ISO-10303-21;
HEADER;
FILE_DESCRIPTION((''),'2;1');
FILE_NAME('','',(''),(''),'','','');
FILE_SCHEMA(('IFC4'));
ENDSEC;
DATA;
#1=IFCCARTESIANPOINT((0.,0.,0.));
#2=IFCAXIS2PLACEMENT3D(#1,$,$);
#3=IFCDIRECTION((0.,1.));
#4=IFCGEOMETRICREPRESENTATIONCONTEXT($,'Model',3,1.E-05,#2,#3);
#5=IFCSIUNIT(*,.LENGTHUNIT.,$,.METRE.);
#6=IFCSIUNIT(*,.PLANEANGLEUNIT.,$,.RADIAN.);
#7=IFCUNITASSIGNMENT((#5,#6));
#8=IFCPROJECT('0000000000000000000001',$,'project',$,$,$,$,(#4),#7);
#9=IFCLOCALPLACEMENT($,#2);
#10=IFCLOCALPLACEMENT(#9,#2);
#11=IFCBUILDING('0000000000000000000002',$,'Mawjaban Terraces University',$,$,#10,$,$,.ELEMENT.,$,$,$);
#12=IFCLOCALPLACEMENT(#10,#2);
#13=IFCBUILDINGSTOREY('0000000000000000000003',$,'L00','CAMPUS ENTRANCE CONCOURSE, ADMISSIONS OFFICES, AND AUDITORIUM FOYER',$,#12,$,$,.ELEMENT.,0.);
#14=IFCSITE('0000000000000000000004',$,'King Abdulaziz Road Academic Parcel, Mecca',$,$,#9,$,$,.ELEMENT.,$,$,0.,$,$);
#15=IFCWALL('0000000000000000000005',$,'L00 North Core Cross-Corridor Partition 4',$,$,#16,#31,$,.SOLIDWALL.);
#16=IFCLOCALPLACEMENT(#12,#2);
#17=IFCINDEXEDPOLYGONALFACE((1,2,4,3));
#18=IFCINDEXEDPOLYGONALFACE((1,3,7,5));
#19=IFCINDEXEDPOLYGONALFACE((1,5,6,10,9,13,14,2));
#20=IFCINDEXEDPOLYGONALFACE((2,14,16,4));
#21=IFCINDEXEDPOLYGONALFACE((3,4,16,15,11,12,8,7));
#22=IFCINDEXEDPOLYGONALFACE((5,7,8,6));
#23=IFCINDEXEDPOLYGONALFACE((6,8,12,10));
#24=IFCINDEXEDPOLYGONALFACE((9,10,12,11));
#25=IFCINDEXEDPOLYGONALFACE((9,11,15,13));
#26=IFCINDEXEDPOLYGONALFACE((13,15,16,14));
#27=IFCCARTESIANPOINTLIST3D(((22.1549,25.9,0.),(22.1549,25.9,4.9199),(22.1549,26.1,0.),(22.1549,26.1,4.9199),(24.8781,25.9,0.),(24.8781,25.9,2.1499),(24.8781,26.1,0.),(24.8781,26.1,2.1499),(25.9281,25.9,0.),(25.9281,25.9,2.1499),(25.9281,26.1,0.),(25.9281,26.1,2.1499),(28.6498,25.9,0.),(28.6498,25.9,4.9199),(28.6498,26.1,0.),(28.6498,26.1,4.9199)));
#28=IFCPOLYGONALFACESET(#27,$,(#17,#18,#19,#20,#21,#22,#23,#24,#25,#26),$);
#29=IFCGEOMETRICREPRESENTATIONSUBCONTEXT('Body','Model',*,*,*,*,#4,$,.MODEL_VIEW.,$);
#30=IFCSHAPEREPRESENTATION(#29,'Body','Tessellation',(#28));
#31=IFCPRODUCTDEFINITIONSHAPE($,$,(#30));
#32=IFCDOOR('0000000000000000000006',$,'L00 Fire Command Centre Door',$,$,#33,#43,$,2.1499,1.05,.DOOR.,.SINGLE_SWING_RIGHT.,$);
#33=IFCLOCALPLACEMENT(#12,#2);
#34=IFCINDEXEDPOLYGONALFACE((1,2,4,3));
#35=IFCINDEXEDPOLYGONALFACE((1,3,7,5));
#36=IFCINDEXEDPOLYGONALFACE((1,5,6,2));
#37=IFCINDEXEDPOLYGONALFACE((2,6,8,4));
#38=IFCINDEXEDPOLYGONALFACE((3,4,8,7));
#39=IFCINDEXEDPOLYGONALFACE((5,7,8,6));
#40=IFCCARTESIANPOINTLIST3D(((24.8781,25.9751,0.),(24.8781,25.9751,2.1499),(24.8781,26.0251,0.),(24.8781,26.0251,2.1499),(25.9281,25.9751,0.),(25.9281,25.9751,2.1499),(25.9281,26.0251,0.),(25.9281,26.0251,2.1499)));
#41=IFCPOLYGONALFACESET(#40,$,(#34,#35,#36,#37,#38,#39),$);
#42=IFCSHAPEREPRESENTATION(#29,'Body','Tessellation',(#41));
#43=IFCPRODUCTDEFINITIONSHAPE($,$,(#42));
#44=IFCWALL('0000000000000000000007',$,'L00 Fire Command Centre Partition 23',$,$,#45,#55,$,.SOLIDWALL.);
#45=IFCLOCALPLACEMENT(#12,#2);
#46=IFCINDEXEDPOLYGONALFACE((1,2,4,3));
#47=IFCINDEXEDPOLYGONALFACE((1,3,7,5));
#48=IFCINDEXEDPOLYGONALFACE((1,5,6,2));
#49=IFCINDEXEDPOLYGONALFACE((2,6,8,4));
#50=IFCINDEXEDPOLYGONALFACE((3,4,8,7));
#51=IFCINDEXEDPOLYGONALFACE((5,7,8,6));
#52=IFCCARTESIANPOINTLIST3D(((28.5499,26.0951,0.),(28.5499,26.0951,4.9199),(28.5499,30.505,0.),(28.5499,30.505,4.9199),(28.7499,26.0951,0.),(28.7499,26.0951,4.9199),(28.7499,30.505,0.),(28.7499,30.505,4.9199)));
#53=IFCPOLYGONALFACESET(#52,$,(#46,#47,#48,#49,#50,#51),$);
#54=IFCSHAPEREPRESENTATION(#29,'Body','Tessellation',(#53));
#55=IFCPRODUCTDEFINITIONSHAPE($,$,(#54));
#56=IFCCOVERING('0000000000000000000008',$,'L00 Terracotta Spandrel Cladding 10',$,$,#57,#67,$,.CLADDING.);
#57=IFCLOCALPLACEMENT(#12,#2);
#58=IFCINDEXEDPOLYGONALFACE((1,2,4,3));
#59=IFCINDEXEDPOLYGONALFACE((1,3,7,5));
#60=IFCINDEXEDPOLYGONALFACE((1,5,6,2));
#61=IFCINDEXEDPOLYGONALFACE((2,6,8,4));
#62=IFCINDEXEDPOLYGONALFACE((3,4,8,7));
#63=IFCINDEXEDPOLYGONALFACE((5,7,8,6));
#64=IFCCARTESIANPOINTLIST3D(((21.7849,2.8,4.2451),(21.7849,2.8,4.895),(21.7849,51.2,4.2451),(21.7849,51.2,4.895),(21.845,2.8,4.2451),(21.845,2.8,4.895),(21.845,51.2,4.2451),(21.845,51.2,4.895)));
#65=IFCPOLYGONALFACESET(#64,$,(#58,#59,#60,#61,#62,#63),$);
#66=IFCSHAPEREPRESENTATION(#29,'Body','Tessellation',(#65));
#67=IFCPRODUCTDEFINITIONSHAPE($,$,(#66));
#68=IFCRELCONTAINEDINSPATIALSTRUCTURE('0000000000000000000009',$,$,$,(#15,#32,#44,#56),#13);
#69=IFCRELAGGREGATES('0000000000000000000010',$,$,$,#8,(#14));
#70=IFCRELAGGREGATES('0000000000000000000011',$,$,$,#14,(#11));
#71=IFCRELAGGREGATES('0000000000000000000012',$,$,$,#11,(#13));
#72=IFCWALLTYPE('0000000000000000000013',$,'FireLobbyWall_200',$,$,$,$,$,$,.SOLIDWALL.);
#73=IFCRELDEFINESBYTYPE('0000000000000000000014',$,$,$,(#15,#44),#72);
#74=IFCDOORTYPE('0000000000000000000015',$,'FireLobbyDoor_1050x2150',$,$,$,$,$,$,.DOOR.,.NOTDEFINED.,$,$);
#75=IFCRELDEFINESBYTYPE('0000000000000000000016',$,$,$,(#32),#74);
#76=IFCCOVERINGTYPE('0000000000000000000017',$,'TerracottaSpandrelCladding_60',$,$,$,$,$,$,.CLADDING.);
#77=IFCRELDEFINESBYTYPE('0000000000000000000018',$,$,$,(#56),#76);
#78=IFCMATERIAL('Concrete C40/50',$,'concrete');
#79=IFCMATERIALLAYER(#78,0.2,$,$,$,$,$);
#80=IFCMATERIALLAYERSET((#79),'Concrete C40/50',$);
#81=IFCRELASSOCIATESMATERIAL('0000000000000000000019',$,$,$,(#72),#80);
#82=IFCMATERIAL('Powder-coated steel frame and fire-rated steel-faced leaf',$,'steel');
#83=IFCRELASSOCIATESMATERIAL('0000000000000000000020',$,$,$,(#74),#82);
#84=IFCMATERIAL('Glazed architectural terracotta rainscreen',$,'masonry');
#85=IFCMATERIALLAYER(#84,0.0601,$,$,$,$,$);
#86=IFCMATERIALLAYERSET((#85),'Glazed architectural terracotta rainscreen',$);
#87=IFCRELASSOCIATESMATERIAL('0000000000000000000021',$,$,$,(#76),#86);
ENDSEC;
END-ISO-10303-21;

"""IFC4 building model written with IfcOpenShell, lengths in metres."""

from ifc_helpers import new_model, si_unit, direction, frame, frame_2d, origin, origin_2d, place, context, subcontext, project, spatial, rectangle, extrude, material, layer, layer_set, type_object, element, fill, save


model = new_model("IFC4")

# Units and contexts
model_context = context("Model", 3, precision=1e-05, world=origin(), true_north=direction((0.0, 1.0)))
body_context = subcontext(model_context, "Body", "Model", "MODEL_VIEW")
ifc_project = project(units=[si_unit("LENGTHUNIT", "METRE"), si_unit("PLANEANGLEUNIT", "RADIAN")], contexts=[model_context])

# Site, building, storey
site_placement = place(None, origin())
site = spatial("IfcSite", under=ifc_project, at=site_placement, Name="King Abdulaziz Road Academic Parcel, Mecca", CompositionType="ELEMENT", RefElevation=0.0)
building_placement = place(site_placement, origin())
building = spatial("IfcBuilding", under=site, at=building_placement, Name="Mawjaban Terraces University", CompositionType="ELEMENT")
storey_placement = place(building_placement, origin())
storey = spatial("IfcBuildingStorey", under=building, at=storey_placement, Name="L00", Description="CAMPUS ENTRANCE CONCOURSE, ADMISSIONS OFFICES, AND AUDITORIUM FOYER", CompositionType="ELEMENT", Elevation=0.0)

# Shared definitions
ifc_material_1 = material(Name="Concrete C40/50", Category="concrete")

# Wall, opening, door
ifc_layer_1 = layer(ifc_material_1, 0.2)
ifc_layer_set_1 = layer_set([ifc_layer_1], Name="Concrete C40/50")
wall_type_1 = type_object("IfcWallType", Name="FireLobbyWall_200", PredefinedType="SOLIDWALL", material=ifc_layer_set_1)
ifc_material_2 = material(Name="Powder-coated steel frame and fire-rated steel-faced leaf", Category="steel")
wall_1_placement = place(storey_placement, frame((28.6499, 26.0, 0.0), z_axis=(0.0, 0.0, 1.0), x_axis=(-1.0, 0.0, 0.0)))
wall_1 = element("IfcWall", 1, at=wall_1_placement, inside=storey, type_object=wall_type_1, Name="L00 North Core Cross-Corridor Partition 4", PredefinedType="SOLIDWALL", context=body_context, shape_type="SweptSolid", body=[
    extrude(rectangle(XDim=6.4949, YDim=0.2, at=frame_2d((3.2476, 0.0))), origin(), (0.0, 0.0, 1.0), 4.9199),
])
opening_1_placement = place(wall_1_placement, frame((2.7219, 0.0, 0.0)))
opening_1 = element("IfcOpeningElement", 2, at=opening_1_placement, cuts=wall_1, PredefinedType="OPENING", context=body_context, shape_type="SweptSolid", body=[
    extrude(rectangle(XDim=1.05, YDim=2.1499, at=frame_2d((0.5249, 1.075))), frame((0.0, 0.1099, 0.0), z_axis=(0.0, -1.0, 0.0), x_axis=(1.0, 0.0, 0.0)), (0.0, 0.0, 1.0), 0.22),
])
door_type_1 = type_object("IfcDoorType", Name="FireLobbyDoor_1050x2150", OperationType="NOTDEFINED", PredefinedType="DOOR", material=ifc_material_2)
door_1_placement = place(opening_1_placement, origin())
door_1 = element("IfcDoor", 3, at=door_1_placement, inside=storey, type_object=door_type_1, Name="L00 Fire Command Centre Door", OperationType="SINGLE_SWING_RIGHT", OverallHeight=2.1499, OverallWidth=1.05, PredefinedType="DOOR", context=body_context, shape_type="SweptSolid", body=[
    extrude(rectangle(XDim=1.05, YDim=2.1499, at=frame_2d((0.5249, 1.075))), frame((0.0, 0.0249, 0.0), z_axis=(0.0, -1.0, 0.0), x_axis=(1.0, 0.0, 0.0)), (0.0, 0.0, 1.0), 0.05),
])
fill(opening_1, door_1)

# Wall
wall_2_placement = place(storey_placement, frame((28.6499, 26.095, 0.0), z_axis=(0.0, 0.0, 1.0), x_axis=(0.0, 1.0, 0.0)))
element("IfcWall", 4, at=wall_2_placement, inside=storey, type_object=wall_type_1, Name="L00 Fire Command Centre Partition 23", PredefinedType="SOLIDWALL", context=body_context, shape_type="SweptSolid", body=[
    extrude(rectangle(XDim=4.4099, YDim=0.2, at=frame_2d((2.2051, 0.0))), origin(), (0.0, 0.0, 1.0), 4.9199),
])

# Covering
ifc_material_3 = material(Name="Glazed architectural terracotta rainscreen", Category="masonry")
ifc_layer_2 = layer(ifc_material_3, 0.0601)
ifc_layer_set_2 = layer_set([ifc_layer_2], Name="Glazed architectural terracotta rainscreen")
covering_type = type_object("IfcCoveringType", Name="TerracottaSpandrelCladding_60", PredefinedType="CLADDING", material=ifc_layer_set_2)
covering_placement = place(storey_placement, frame((21.8149, 27.0, 4.2451), z_axis=(0.0, 0.0, 1.0), x_axis=(0.0, -1.0, 0.0)))
element("IfcCovering", 5, at=covering_placement, inside=storey, type_object=covering_type, Name="L00 Terracotta Spandrel Cladding 10", PredefinedType="CLADDING", context=body_context, shape_type="SweptSolid", body=[
    extrude(rectangle(XDim=48.3999, YDim=0.0601, at=origin_2d()), origin(), (0.0, 0.0, 1.0), 0.6499),
])

save(model, "model.ifc")
